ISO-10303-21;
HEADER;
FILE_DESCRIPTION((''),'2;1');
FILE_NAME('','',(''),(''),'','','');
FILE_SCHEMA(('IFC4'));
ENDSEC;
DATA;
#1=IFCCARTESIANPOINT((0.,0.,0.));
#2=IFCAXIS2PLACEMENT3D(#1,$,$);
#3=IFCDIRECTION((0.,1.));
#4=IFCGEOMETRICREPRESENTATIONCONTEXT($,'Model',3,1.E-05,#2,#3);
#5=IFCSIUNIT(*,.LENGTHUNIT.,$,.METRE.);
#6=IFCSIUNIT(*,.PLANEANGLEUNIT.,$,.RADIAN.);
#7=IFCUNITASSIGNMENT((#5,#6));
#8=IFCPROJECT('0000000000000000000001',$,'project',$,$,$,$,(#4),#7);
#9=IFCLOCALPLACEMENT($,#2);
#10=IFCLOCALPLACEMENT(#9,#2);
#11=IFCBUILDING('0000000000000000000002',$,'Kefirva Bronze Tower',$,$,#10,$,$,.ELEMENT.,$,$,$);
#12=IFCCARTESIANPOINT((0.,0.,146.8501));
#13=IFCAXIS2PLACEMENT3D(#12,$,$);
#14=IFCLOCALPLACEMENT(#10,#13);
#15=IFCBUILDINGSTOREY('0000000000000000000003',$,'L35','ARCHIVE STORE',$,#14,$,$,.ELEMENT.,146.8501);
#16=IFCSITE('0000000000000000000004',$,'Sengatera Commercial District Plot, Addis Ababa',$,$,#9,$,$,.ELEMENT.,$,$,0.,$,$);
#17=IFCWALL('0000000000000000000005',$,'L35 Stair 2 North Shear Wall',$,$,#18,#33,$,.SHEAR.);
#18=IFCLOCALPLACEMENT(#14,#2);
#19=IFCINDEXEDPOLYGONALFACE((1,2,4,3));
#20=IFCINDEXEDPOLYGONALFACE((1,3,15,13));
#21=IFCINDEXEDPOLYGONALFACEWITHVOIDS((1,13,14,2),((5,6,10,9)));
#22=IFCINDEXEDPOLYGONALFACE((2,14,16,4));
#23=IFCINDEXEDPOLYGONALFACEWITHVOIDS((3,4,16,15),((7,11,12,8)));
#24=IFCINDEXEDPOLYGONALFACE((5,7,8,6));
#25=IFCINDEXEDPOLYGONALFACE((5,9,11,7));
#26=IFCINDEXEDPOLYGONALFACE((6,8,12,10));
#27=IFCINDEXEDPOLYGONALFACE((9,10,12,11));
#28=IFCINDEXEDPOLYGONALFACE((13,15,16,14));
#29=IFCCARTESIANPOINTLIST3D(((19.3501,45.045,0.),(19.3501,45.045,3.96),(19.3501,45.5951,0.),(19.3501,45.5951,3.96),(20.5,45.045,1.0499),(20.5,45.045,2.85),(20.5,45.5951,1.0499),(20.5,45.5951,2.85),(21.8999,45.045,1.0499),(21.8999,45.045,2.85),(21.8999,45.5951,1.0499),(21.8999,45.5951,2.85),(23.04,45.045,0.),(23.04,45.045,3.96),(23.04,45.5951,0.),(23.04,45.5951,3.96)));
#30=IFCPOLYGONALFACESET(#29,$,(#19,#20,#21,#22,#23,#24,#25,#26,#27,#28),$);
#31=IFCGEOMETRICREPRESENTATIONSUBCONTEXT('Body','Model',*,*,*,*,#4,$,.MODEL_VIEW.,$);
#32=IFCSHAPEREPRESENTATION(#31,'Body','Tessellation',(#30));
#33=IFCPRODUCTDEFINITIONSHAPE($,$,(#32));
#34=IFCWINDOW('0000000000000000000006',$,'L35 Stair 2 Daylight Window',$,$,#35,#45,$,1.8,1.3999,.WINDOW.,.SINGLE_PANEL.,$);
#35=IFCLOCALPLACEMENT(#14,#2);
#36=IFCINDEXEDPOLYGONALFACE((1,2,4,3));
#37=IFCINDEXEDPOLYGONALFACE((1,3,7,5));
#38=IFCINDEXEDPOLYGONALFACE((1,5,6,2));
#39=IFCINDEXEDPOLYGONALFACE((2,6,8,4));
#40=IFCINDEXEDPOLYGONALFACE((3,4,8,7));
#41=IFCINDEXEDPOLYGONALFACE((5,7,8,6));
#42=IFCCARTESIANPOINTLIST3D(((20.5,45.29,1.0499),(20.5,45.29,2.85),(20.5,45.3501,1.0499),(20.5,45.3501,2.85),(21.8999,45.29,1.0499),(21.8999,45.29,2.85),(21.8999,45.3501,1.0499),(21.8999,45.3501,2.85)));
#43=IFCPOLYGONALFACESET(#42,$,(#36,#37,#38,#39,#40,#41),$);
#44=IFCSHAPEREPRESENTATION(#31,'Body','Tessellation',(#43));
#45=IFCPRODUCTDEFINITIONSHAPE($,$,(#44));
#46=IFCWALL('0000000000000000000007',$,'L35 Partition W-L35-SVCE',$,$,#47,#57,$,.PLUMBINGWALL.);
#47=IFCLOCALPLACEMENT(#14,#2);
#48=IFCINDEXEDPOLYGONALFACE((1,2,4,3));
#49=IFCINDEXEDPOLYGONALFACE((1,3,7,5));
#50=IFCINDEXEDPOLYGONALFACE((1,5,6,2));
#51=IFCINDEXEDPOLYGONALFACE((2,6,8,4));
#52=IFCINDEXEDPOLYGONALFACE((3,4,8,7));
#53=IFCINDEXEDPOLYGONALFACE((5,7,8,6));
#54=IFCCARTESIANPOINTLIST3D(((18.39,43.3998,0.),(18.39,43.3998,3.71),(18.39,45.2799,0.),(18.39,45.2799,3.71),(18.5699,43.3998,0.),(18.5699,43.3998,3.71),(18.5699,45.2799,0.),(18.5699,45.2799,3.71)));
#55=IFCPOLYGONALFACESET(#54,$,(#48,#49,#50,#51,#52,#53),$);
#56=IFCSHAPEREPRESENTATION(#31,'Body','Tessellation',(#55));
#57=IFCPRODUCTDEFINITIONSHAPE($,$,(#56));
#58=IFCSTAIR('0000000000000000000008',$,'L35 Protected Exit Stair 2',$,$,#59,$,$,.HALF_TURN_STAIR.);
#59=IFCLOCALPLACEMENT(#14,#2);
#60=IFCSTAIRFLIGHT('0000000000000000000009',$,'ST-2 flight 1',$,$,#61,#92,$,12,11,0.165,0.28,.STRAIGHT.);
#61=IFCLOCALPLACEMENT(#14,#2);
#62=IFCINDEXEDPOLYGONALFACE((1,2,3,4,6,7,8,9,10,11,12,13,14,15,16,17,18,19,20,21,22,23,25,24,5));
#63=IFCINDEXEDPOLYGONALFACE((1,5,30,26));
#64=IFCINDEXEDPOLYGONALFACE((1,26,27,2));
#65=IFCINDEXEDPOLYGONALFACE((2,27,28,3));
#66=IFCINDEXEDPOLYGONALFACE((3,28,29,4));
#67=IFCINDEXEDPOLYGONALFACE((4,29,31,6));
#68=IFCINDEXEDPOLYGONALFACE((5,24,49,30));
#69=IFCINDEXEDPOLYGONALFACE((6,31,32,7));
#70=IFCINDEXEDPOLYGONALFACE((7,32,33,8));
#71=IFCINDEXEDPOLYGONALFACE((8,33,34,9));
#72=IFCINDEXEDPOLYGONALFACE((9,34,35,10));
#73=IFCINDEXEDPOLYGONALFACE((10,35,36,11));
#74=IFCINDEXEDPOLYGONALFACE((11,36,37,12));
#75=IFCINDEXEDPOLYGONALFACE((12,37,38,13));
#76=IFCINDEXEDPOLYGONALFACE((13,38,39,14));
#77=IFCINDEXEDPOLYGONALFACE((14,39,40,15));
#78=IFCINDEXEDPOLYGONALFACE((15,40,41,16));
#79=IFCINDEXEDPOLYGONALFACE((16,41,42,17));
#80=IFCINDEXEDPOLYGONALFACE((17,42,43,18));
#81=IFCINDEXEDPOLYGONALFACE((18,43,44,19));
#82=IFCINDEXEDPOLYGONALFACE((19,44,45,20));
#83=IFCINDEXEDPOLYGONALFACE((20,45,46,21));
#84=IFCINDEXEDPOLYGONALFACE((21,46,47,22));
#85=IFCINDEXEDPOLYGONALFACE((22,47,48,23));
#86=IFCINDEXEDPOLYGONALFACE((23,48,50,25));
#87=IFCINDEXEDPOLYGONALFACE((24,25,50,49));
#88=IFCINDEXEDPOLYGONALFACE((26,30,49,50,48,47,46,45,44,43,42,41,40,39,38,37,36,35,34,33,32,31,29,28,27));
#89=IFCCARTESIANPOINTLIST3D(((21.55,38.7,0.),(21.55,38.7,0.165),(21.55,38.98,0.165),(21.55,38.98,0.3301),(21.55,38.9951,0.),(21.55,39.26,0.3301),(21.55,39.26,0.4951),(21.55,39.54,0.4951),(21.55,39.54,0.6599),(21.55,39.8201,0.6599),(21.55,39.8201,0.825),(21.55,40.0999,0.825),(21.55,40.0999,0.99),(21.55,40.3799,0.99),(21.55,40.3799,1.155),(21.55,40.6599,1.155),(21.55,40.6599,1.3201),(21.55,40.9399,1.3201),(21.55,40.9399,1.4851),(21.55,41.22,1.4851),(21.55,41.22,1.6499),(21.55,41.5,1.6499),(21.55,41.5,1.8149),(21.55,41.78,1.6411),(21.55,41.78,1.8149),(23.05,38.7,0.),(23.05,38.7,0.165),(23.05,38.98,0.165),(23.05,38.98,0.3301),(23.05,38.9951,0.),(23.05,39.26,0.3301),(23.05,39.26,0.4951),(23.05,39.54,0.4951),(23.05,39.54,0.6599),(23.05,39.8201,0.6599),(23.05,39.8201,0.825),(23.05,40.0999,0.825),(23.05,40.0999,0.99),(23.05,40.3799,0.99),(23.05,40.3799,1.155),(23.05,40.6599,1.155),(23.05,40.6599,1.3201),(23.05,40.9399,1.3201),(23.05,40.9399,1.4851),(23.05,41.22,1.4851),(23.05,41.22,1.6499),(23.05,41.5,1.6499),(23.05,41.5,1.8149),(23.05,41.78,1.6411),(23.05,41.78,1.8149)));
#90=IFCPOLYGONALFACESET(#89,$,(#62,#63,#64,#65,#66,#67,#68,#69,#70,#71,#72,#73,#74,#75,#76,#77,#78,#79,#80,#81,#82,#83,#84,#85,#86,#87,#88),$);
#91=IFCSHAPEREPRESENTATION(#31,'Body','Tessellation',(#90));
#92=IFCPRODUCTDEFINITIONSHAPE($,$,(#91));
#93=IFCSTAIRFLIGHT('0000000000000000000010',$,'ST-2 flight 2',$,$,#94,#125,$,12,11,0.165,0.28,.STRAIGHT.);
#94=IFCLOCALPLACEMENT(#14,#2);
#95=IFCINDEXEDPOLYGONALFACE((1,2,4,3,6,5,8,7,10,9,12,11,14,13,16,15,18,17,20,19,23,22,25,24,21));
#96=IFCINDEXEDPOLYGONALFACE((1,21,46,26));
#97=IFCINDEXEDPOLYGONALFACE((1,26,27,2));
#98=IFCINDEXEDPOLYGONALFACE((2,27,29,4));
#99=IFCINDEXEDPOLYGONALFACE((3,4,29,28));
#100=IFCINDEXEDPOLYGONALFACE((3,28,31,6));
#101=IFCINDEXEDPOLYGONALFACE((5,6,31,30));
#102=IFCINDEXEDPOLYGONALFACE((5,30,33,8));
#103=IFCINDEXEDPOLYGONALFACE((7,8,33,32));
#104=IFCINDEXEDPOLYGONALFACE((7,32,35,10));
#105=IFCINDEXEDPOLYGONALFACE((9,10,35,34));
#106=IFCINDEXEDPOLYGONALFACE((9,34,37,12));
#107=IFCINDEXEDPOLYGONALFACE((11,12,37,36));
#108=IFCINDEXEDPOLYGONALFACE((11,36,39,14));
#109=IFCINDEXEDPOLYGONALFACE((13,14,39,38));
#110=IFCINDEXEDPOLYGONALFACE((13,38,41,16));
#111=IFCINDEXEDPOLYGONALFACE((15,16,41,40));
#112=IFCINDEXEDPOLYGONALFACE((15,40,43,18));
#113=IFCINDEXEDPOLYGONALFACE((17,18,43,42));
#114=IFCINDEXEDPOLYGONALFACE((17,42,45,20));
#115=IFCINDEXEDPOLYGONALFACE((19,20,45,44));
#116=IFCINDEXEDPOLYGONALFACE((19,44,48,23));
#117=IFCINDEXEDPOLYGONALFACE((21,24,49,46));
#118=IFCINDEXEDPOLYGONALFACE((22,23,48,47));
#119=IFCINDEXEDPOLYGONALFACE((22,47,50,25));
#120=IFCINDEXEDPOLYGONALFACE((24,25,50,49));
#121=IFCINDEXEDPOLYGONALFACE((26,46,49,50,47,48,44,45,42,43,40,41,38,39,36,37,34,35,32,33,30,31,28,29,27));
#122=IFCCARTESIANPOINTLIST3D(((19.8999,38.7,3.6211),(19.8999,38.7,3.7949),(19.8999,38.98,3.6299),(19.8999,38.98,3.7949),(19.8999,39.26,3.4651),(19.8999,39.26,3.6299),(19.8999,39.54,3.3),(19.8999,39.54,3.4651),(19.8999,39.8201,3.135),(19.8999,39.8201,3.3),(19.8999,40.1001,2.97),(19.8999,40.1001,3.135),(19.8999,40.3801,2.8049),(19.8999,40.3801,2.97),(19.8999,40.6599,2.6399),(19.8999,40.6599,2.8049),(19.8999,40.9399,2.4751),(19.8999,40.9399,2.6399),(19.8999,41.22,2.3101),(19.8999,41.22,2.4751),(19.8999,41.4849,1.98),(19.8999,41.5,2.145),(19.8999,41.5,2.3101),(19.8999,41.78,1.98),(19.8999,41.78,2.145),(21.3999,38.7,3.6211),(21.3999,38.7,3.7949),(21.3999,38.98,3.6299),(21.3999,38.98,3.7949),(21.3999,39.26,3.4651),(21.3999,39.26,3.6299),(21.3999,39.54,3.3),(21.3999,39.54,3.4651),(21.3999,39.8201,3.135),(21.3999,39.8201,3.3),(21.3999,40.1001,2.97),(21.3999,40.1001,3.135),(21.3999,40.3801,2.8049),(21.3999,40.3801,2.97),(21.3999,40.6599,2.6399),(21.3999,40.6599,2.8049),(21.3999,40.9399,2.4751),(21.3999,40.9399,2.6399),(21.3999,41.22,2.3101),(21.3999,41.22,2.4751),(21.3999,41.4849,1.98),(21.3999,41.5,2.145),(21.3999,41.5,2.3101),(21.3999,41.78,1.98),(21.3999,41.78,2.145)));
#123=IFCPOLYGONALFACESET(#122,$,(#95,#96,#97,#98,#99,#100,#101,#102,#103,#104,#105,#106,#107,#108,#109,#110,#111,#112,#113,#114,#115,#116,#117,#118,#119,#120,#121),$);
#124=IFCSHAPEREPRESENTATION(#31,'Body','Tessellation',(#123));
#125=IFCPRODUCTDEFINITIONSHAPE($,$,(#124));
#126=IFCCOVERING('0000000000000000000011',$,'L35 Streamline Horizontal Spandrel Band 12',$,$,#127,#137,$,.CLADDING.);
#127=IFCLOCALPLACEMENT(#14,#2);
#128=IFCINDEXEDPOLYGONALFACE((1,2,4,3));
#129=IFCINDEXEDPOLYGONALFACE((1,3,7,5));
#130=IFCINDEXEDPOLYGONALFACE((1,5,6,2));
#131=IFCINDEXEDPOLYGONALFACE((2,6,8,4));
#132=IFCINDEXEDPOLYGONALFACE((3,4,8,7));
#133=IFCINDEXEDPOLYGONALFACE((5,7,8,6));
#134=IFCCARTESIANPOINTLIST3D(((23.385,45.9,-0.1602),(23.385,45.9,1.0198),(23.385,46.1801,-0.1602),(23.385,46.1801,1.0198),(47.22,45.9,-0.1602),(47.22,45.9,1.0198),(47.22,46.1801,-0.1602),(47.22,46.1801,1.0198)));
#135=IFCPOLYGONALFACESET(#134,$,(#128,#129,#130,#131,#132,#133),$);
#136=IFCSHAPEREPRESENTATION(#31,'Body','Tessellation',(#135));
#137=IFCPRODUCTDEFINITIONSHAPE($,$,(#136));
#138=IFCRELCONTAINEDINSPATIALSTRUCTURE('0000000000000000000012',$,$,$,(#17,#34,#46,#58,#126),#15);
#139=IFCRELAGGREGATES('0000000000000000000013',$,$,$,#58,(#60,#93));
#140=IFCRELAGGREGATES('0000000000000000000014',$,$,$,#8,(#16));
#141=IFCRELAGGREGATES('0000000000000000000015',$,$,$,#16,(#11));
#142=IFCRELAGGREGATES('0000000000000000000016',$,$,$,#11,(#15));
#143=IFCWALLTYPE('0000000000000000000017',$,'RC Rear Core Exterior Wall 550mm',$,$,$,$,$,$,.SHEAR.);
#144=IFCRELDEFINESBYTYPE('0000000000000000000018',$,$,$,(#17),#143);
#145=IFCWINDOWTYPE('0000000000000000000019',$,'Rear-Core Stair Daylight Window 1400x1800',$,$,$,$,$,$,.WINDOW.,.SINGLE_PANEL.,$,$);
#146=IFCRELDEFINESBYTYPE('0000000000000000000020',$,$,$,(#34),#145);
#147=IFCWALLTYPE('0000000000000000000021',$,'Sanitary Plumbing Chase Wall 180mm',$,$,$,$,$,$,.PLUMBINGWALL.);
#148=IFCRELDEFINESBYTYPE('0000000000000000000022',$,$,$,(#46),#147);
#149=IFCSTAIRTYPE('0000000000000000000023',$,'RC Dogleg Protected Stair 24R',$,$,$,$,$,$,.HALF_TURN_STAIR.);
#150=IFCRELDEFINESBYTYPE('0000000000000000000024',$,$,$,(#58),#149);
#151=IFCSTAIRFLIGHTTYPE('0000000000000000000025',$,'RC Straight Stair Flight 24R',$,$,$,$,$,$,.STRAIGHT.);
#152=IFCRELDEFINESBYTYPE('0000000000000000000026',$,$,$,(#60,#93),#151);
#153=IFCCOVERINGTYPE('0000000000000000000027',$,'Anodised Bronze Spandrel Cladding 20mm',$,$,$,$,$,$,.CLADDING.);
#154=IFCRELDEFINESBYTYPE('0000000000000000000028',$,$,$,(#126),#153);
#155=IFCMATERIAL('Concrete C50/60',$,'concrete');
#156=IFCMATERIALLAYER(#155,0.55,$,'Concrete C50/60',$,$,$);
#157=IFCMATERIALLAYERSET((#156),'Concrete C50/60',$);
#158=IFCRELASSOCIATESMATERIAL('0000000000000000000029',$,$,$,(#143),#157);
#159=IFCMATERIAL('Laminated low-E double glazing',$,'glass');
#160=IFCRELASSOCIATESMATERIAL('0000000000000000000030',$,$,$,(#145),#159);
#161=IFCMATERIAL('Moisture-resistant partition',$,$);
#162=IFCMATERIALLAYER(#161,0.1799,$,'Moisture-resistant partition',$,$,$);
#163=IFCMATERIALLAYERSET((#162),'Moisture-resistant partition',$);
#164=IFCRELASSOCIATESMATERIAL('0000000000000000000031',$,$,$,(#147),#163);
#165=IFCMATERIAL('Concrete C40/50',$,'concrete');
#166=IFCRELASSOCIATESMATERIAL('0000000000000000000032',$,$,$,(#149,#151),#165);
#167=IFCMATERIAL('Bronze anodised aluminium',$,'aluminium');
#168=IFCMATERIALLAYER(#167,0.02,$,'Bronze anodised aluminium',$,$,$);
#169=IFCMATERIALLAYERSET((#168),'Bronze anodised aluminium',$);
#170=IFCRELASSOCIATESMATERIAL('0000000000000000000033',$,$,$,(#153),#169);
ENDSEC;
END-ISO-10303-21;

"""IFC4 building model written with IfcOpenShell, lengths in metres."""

from ifc_helpers import new_model, si_unit, direction, frame, frame_2d, origin, origin_2d, place, context, subcontext, project, spatial, polyline, rectangle, outline, extrude, material, layer, layer_set, type_object, element, fill, aggregate, save


model = new_model("IFC4")

# Units and contexts
model_context = context("Model", 3, precision=1e-05, world=origin(), true_north=direction((0.0, 1.0)))
body_context = subcontext(model_context, "Body", "Model", "MODEL_VIEW")
ifc_project = project(units=[si_unit("LENGTHUNIT", "METRE"), si_unit("PLANEANGLEUNIT", "RADIAN")], contexts=[model_context])

# Site, building, storey
site_placement = place(None, origin())
site = spatial("IfcSite", under=ifc_project, at=site_placement, Name="Sengatera Commercial District Plot, Addis Ababa", CompositionType="ELEMENT", RefElevation=0.0)
building_placement = place(site_placement, origin())
building = spatial("IfcBuilding", under=site, at=building_placement, Name="Kefirva Bronze Tower", CompositionType="ELEMENT")
storey_placement = place(building_placement, frame((0.0, 0.0, 146.8501)))
storey = spatial("IfcBuildingStorey", under=building, at=storey_placement, Name="L35", Description="ARCHIVE STORE", CompositionType="ELEMENT", Elevation=146.8501)

# Shared definitions
ifc_material_1 = material(Name="Bronze anodised aluminium", Category="aluminium")

# Shared definitions
ifc_material_2 = material(Name="Concrete C50/60", Category="concrete")

# Shared definitions
ifc_material_3 = material(Name="Laminated low-E double glazing", Category="glass")

# Wall, opening, window
ifc_layer_1 = layer(ifc_material_2, 0.55, Name="Concrete C50/60")
ifc_layer_set_1 = layer_set([ifc_layer_1], Name="Concrete C50/60")
wall_type_1 = type_object("IfcWallType", Name="RC Rear Core Exterior Wall 550mm", PredefinedType="SHEAR", material=ifc_layer_set_1)
wall_1_placement = place(storey_placement, frame((19.3501, 45.3201, 0.0), z_axis=(0.0, 0.0, 1.0), x_axis=(1.0, 0.0, 0.0)))
wall_1 = element("IfcWall", 1, at=wall_1_placement, inside=storey, type_object=wall_type_1, Name="L35 Stair 2 North Shear Wall", PredefinedType="SHEAR", context=body_context, shape_type="SweptSolid", body=[
    extrude(rectangle(XDim=3.6899, YDim=0.55, at=frame_2d((1.845, 0.0))), origin(), (0.0, 0.0, 1.0), 3.96),
])
opening_placement = place(wall_1_placement, frame((1.1499, 0.0, 1.05)))
opening = element("IfcOpeningElement", 2, at=opening_placement, cuts=wall_1, PredefinedType="OPENING", context=body_context, shape_type="SweptSolid", body=[
    extrude(rectangle(XDim=1.3999, YDim=1.8, at=frame_2d((0.7, 0.8999))), frame((0.0, 0.2852, 0.0), z_axis=(0.0, -1.0, 0.0), x_axis=(1.0, 0.0, 0.0)), (0.0, 0.0, 1.0), 0.5701),
])
window_type = type_object("IfcWindowType", Name="Rear-Core Stair Daylight Window 1400x1800", PartitioningType="SINGLE_PANEL", PredefinedType="WINDOW", material=ifc_material_3)
window_placement = place(opening_placement, origin())
window = element("IfcWindow", 3, at=window_placement, inside=storey, type_object=window_type, Name="L35 Stair 2 Daylight Window", OverallHeight=1.8, OverallWidth=1.3999, PartitioningType="SINGLE_PANEL", PredefinedType="WINDOW", context=body_context, shape_type="SweptSolid", body=[
    extrude(rectangle(XDim=1.3999, YDim=1.8, at=frame_2d((0.7, 0.8999))), frame((0.0, 0.03, 0.0), z_axis=(0.0, -1.0, 0.0), x_axis=(1.0, 0.0, 0.0)), (0.0, 0.0, 1.0), 0.0601),
])
fill(opening, window)

# Wall
ifc_material_4 = material(Name="Moisture-resistant partition")
ifc_layer_2 = layer(ifc_material_4, 0.1799, Name="Moisture-resistant partition")
ifc_layer_set_2 = layer_set([ifc_layer_2], Name="Moisture-resistant partition")
wall_type_2 = type_object("IfcWallType", Name="Sanitary Plumbing Chase Wall 180mm", PredefinedType="PLUMBINGWALL", material=ifc_layer_set_2)
wall_2_placement = place(storey_placement, frame((18.48, 43.3999, 0.0), z_axis=(0.0, 0.0, 1.0), x_axis=(0.0, 1.0, 0.0)))
element("IfcWall", 4, at=wall_2_placement, inside=storey, type_object=wall_type_2, Name="L35 Partition W-L35-SVCE", PredefinedType="PLUMBINGWALL", context=body_context, shape_type="SweptSolid", body=[
    extrude(rectangle(XDim=1.8801, YDim=0.1799, at=frame_2d((0.9399, 0.0))), origin(), (0.0, 0.0, 1.0), 3.71),
])

# Stair, stair flights
ifc_material_5 = material(Name="Concrete C40/50", Category="concrete")
stair_type = type_object("IfcStairType", Name="RC Dogleg Protected Stair 24R", PredefinedType="HALF_TURN_STAIR", material=ifc_material_5)
stair_placement = place(storey_placement, origin())
stair = element("IfcStair", 5, at=stair_placement, inside=storey, type_object=stair_type, Name="L35 Protected Exit Stair 2", PredefinedType="HALF_TURN_STAIR")
stair_flight_type = type_object("IfcStairFlightType", Name="RC Straight Stair Flight 24R", PredefinedType="STRAIGHT", material=ifc_material_5)
stair_flight_1_placement = place(storey_placement, frame((22.3, 38.7, 0.0), z_axis=(0.0, 0.0, 1.0), x_axis=(0.0, 1.0, 0.0)))
stair_flight_1 = element("IfcStairFlight", 6, at=stair_flight_1_placement, type_object=stair_flight_type, Name="ST-2 flight 1", NumberOfRisers=12, NumberOfTreads=11, PredefinedType="STRAIGHT", RiserHeight=0.165, TreadLength=0.28, context=body_context, shape_type="SweptSolid", body=[
    extrude(outline(polyline([(0.0, 0.0), (0.0, 0.165), (0.28, 0.165), (0.28, 0.3301), (0.5601, 0.3301), (0.5601, 0.4951), (0.8401, 0.4951), (0.8401, 0.6599), (1.1201, 0.6599), (1.1201, 0.825), (1.3999, 0.825), (1.3999, 0.99), (1.6799, 0.99), (1.6799, 1.155), (1.96, 1.155), (1.96, 1.3201), (2.24, 1.3201), (2.24, 1.4851), (2.52, 1.4851), (2.52, 1.6499), (2.8, 1.6499), (2.8, 1.8149), (3.0801, 1.8149), (3.0801, 1.98), (3.0801, 1.6411), (0.2952, 0.0), (0.0, 0.0)])), frame((0.0, 0.75, 0.0), z_axis=(0.0, -1.0, 0.0), x_axis=(1.0, 0.0, 0.0)), (0.0, 0.0, 1.0), 1.5),
])
stair_flight_2_placement = place(storey_placement, frame((20.6499, 41.78, 1.98), z_axis=(0.0, 0.0, 1.0), x_axis=(0.0, -1.0, 0.0)))
stair_flight_2 = element("IfcStairFlight", 7, at=stair_flight_2_placement, type_object=stair_flight_type, Name="ST-2 flight 2", NumberOfRisers=12, NumberOfTreads=11, PredefinedType="STRAIGHT", RiserHeight=0.165, TreadLength=0.28, context=body_context, shape_type="SweptSolid", body=[
    extrude(outline(polyline([(0.0, 0.0), (0.0, 0.165), (0.28, 0.165), (0.28, 0.3301), (0.5601, 0.3301), (0.5601, 0.4951), (0.8401, 0.4951), (0.8401, 0.6599), (1.1201, 0.6599), (1.1201, 0.825), (1.3999, 0.825), (1.3999, 0.99), (1.6799, 0.99), (1.6799, 1.155), (1.96, 1.155), (1.96, 1.3201), (2.24, 1.3201), (2.24, 1.4851), (2.52, 1.4851), (2.52, 1.6499), (2.8, 1.6499), (2.8, 1.8149), (3.0801, 1.8149), (3.0801, 1.98), (3.0801, 1.6411), (0.2952, 0.0), (0.0, 0.0)])), frame((0.0, 0.75, 0.0), z_axis=(0.0, -1.0, 0.0), x_axis=(1.0, 0.0, 0.0)), (0.0, 0.0, 1.0), 1.5),
])
aggregate(stair, [stair_flight_1, stair_flight_2])

# Covering
ifc_layer_3 = layer(ifc_material_1, 0.02, Name="Bronze anodised aluminium")
ifc_layer_set_3 = layer_set([ifc_layer_3], Name="Bronze anodised aluminium")
covering_type_1 = type_object("IfcCoveringType", Name="Anodised Bronze Spandrel Cladding 20mm", PredefinedType="CLADDING", material=ifc_layer_set_3)
covering_1_placement = place(storey_placement, frame((35.3025, 46.04, -0.1602), z_axis=(0.0, 0.0, 1.0), x_axis=(-1.0, 0.0, 0.0)))
element("IfcCovering", 8, at=covering_1_placement, inside=storey, type_object=covering_type_1, Name="L35 Streamline Horizontal Spandrel Band 12", PredefinedType="CLADDING", context=body_context, shape_type="SweptSolid", body=[
    extrude(rectangle(XDim=23.835, YDim=0.28, at=origin_2d()), origin(), (0.0, 0.0, 1.0), 1.1799),
])

save(model, "model.ifc")
